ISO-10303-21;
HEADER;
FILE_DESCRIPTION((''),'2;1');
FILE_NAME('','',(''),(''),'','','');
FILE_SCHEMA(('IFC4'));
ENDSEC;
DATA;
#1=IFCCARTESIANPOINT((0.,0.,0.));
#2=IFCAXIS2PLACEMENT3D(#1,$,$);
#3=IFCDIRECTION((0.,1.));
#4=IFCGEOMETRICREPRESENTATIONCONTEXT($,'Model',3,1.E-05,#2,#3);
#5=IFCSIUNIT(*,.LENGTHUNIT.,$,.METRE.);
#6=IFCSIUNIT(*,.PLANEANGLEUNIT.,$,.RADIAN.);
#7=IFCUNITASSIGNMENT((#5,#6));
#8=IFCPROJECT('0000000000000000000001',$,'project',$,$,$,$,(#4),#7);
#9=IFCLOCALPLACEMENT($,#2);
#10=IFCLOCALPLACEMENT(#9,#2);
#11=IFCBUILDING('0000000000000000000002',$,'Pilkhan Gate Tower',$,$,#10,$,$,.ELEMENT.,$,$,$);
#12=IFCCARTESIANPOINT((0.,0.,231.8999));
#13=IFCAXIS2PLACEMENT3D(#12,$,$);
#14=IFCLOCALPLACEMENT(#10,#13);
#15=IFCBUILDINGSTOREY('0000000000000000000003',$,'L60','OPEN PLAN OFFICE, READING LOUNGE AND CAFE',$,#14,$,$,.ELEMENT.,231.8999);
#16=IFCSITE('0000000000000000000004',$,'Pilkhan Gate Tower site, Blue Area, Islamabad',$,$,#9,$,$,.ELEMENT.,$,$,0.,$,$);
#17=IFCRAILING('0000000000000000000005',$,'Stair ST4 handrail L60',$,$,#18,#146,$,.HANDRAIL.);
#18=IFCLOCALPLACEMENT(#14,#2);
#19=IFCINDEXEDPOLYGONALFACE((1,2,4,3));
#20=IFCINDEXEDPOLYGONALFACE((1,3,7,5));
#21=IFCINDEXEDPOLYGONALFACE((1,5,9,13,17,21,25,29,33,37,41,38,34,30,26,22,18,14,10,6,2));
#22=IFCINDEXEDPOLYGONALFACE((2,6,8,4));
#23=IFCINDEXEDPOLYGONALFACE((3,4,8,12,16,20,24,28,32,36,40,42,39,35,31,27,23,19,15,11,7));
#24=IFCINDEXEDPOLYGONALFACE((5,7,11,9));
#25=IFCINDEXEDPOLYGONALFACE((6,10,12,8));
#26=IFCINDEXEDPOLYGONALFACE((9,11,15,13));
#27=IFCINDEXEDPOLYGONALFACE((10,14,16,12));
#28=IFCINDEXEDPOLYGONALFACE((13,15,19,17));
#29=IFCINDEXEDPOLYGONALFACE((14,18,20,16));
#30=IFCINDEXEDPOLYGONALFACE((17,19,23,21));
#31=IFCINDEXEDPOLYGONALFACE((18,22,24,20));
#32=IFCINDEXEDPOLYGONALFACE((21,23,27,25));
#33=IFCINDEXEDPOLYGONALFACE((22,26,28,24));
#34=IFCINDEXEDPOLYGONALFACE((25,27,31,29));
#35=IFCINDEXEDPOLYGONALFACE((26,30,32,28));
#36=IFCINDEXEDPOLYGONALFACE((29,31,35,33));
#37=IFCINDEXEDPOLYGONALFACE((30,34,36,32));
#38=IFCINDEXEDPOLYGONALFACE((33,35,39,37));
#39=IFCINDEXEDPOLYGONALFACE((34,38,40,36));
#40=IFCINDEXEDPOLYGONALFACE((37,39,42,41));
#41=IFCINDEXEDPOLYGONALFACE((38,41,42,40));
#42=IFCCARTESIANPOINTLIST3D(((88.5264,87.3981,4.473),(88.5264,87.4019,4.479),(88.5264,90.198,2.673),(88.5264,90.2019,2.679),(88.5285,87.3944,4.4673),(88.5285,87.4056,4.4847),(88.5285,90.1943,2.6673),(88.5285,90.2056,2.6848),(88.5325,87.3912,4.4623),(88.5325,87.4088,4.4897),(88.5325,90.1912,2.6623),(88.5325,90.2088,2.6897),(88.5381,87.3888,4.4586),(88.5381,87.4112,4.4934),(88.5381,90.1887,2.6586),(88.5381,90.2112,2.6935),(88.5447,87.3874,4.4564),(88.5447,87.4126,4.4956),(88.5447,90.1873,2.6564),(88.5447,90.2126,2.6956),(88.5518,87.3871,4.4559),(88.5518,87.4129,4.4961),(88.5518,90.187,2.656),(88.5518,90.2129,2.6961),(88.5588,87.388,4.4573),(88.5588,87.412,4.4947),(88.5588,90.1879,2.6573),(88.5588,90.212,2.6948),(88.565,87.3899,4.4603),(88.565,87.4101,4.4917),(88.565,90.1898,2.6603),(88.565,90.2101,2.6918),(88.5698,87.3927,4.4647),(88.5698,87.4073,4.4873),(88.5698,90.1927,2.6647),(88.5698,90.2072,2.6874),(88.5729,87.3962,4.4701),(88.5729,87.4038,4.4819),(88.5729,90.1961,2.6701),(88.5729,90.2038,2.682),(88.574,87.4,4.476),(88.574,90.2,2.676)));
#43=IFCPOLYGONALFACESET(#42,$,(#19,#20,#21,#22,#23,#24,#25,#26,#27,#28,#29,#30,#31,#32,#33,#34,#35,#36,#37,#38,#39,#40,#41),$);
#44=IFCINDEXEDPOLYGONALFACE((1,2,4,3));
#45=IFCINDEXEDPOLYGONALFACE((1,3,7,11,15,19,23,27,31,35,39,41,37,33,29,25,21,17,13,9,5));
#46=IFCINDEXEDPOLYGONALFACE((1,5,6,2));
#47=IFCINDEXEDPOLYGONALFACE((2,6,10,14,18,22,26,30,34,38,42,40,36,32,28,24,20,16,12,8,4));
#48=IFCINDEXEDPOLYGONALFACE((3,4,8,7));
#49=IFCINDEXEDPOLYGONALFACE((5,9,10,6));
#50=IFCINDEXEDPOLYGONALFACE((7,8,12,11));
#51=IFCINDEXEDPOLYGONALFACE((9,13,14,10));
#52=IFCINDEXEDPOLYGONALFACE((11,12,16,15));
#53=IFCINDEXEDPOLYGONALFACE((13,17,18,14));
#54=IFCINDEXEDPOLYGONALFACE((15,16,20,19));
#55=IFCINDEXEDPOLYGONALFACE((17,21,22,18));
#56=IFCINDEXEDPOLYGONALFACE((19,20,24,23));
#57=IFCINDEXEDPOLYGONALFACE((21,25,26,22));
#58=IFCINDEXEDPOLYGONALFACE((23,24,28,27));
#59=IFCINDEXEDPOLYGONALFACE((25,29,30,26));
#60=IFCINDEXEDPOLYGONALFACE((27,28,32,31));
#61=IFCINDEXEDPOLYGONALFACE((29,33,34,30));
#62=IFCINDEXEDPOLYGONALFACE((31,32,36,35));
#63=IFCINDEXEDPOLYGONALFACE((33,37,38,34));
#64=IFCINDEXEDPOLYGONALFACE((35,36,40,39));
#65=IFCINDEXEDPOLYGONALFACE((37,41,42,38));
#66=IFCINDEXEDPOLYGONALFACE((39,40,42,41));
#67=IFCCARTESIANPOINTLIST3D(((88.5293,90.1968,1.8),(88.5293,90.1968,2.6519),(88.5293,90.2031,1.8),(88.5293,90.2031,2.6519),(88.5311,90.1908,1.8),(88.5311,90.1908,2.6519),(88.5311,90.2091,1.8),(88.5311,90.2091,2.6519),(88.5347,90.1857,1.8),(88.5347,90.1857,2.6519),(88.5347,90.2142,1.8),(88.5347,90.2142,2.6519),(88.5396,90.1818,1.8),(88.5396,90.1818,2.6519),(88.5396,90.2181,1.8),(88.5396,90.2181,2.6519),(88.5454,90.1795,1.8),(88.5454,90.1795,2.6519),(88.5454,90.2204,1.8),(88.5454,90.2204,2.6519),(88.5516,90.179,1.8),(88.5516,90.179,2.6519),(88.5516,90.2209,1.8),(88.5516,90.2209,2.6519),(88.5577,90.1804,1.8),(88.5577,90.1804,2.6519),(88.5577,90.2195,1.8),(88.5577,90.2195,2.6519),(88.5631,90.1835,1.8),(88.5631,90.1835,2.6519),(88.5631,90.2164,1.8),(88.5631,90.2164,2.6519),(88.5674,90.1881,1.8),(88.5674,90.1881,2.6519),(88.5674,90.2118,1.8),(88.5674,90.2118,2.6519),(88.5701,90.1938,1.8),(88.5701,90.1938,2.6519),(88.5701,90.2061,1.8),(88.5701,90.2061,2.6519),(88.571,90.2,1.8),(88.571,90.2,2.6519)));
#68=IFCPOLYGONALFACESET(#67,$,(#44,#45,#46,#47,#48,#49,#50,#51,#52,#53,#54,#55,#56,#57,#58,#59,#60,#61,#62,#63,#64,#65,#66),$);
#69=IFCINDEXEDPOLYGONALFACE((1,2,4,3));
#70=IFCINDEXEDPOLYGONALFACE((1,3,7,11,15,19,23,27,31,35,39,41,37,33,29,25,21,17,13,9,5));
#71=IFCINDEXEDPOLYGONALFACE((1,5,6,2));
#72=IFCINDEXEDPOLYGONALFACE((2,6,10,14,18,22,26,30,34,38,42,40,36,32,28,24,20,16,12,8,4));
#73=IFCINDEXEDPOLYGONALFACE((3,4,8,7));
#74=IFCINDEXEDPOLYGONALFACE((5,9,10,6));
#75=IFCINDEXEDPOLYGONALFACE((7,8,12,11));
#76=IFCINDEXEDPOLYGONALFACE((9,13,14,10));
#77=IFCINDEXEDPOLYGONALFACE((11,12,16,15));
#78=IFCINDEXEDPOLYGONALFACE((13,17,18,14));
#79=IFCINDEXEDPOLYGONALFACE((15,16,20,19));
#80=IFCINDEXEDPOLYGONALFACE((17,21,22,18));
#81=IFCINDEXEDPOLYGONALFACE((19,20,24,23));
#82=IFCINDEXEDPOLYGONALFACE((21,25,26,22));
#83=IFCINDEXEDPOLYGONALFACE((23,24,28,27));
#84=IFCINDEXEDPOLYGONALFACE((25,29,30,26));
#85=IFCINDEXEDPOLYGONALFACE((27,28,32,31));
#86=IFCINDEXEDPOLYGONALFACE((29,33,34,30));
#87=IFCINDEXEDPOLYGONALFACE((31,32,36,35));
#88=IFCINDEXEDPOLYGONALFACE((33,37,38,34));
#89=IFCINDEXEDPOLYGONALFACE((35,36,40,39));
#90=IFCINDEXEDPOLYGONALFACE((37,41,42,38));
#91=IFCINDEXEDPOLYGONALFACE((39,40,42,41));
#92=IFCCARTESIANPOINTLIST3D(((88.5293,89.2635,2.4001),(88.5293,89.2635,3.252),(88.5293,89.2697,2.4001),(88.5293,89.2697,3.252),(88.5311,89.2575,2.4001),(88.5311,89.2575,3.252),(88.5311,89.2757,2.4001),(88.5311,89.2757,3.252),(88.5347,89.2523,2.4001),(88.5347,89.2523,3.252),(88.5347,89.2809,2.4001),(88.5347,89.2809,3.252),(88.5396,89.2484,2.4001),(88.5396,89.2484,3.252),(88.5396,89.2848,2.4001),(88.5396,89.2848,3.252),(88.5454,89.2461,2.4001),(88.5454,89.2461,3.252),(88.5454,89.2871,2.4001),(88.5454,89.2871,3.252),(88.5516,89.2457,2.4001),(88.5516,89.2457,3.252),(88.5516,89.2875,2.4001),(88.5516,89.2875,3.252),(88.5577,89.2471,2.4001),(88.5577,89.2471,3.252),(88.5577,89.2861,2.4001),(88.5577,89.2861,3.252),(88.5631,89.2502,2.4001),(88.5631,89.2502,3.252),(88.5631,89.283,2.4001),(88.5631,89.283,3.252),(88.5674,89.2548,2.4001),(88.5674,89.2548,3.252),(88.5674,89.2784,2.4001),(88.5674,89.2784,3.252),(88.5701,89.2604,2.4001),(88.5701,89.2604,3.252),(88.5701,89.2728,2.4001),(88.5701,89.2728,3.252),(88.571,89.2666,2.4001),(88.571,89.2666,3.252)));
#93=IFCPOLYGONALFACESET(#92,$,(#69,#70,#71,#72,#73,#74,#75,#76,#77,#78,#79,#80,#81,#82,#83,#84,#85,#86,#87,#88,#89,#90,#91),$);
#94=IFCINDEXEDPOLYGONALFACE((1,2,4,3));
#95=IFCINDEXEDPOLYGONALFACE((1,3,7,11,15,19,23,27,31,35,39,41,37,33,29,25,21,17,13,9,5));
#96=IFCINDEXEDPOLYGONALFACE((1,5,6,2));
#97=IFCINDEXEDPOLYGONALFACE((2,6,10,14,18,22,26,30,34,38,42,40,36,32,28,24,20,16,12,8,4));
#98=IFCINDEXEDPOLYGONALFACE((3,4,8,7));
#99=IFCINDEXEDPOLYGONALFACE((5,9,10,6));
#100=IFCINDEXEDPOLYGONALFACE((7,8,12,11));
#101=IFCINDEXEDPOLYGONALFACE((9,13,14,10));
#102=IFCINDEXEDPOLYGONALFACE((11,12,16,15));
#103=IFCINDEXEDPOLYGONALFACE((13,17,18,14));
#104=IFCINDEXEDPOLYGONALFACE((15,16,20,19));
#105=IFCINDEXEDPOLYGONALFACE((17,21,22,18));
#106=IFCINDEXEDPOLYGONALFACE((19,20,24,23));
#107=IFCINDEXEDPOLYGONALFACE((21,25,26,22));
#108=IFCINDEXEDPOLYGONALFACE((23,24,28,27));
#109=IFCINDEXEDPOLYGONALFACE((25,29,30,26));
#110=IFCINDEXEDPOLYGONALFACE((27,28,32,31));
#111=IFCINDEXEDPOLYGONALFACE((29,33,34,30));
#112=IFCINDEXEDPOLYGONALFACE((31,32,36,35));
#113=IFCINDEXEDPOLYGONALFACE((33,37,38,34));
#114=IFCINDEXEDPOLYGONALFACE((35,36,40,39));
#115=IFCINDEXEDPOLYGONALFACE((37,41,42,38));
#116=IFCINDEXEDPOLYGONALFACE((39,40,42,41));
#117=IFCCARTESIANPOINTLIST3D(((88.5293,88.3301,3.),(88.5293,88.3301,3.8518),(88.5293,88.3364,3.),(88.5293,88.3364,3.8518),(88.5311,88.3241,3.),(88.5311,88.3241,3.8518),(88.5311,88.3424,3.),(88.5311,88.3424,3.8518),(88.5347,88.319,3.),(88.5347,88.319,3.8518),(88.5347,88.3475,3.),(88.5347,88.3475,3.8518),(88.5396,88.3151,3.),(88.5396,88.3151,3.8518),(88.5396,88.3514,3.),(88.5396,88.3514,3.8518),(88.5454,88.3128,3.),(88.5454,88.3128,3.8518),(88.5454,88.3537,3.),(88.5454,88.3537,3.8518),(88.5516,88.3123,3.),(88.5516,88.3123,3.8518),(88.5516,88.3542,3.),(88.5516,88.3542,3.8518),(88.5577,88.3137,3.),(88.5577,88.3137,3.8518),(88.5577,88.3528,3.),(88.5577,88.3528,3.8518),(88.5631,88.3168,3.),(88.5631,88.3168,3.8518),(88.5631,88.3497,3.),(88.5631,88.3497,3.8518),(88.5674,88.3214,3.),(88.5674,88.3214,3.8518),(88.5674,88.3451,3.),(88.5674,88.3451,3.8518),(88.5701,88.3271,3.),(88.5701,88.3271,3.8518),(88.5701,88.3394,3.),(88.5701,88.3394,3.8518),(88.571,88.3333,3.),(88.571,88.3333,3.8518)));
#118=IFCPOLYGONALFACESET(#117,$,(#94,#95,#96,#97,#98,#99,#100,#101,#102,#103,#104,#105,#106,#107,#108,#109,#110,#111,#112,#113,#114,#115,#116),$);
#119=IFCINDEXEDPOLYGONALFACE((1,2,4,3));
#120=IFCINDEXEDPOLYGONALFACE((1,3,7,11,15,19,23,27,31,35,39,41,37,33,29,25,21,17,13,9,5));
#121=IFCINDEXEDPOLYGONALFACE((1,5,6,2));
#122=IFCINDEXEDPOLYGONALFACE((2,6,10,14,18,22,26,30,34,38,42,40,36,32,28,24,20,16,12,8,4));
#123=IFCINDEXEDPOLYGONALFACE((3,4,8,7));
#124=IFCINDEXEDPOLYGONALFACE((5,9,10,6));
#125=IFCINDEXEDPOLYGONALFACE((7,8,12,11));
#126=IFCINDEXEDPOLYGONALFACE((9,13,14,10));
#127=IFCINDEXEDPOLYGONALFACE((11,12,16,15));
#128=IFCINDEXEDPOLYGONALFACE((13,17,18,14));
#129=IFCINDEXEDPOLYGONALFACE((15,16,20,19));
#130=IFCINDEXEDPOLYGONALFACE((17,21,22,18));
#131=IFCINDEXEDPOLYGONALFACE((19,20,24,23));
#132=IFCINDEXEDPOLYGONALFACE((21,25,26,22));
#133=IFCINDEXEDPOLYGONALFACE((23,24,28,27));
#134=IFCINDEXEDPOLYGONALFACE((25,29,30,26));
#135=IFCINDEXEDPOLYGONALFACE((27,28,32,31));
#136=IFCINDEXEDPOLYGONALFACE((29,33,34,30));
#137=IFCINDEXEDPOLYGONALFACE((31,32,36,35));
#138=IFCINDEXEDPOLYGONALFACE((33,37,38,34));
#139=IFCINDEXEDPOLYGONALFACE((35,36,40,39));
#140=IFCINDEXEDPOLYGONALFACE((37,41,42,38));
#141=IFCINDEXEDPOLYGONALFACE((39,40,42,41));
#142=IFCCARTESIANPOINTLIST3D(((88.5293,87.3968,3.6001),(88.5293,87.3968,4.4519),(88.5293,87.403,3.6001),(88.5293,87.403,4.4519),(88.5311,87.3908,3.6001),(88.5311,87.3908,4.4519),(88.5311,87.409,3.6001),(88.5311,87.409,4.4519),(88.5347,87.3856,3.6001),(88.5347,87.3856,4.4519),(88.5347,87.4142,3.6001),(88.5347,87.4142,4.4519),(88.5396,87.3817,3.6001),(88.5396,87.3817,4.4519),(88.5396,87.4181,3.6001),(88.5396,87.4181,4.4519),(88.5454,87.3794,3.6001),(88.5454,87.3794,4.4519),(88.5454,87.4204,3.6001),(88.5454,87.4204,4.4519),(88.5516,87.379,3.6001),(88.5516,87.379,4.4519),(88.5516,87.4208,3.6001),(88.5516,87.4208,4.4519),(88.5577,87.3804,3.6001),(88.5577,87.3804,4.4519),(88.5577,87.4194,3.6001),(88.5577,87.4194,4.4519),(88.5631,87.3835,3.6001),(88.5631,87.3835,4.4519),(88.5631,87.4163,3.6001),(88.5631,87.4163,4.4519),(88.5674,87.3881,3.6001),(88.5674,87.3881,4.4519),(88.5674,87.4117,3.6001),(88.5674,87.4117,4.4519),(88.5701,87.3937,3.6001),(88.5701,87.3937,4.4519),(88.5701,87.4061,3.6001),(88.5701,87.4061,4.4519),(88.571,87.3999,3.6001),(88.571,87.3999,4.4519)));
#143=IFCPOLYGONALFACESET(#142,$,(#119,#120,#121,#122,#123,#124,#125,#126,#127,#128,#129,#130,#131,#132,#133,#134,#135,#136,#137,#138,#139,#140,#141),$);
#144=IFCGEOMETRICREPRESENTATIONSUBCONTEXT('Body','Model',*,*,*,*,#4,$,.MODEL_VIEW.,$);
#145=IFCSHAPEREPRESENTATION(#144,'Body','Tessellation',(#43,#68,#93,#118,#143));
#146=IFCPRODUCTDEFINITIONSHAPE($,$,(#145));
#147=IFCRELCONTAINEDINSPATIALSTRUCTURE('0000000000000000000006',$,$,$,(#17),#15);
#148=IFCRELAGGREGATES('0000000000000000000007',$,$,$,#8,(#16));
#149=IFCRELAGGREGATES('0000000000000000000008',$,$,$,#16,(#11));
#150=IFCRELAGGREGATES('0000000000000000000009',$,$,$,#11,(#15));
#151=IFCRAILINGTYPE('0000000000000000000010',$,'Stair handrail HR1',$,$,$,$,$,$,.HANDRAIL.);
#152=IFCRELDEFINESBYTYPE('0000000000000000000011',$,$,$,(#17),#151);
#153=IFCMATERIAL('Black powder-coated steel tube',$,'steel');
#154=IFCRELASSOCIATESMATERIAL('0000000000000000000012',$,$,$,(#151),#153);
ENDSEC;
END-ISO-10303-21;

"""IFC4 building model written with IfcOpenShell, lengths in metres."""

from ifc_helpers import new_model, si_unit, direction, frame, origin, origin_2d, place, context, subcontext, project, spatial, circle, extrude, material, type_object, element, save


model = new_model("IFC4")

# Units and contexts
model_context = context("Model", 3, precision=1e-05, world=origin(), true_north=direction((0.0, 1.0)))
body_context = subcontext(model_context, "Body", "Model", "MODEL_VIEW")
ifc_project = project(units=[si_unit("LENGTHUNIT", "METRE"), si_unit("PLANEANGLEUNIT", "RADIAN")], contexts=[model_context])

# Site, building, storey
site_placement = place(None, origin())
site = spatial("IfcSite", under=ifc_project, at=site_placement, Name="Pilkhan Gate Tower site, Blue Area, Islamabad", CompositionType="ELEMENT", RefElevation=0.0)
building_placement = place(site_placement, origin())
building = spatial("IfcBuilding", under=site, at=building_placement, Name="Pilkhan Gate Tower", CompositionType="ELEMENT")
storey_placement = place(building_placement, frame((0.0, 0.0, 231.8999)))
storey = spatial("IfcBuildingStorey", under=building, at=storey_placement, Name="L60", Description="OPEN PLAN OFFICE, READING LOUNGE AND CAFE", CompositionType="ELEMENT", Elevation=231.8999)

# Railing
ifc_material_1 = material(Name="Black powder-coated steel tube", Category="steel")
railing_type_1 = type_object("IfcRailingType", Name="Stair handrail HR1", PredefinedType="HANDRAIL", material=ifc_material_1)
for number, where, name in (
    (1, (88.55, 90.2, 1.8), "Stair ST4 handrail L60"),
):
    element("IfcRailing", number, at=place(storey_placement, frame(where)), inside=storey, type_object=railing_type_1, Name=name, PredefinedType="HANDRAIL", context=body_context, shape_type="SweptSolid", body=[
        extrude(circle(Radius=0.0239, at=origin_2d()), frame((0.0, 0.0, 0.876), z_axis=(0.0, -0.841176, 0.540761), x_axis=(1.0, 0.0, 0.0)), (0.0, 0.0, 1.0), 3.3286),
        extrude(circle(Radius=0.021, at=origin_2d()), origin(), (0.0, 0.0, 1.0), 0.8518),
        extrude(circle(Radius=0.021, at=origin_2d()), frame((0.0, -0.9333, 0.6001)), (0.0, 0.0, 1.0), 0.8518),
        extrude(circle(Radius=0.021, at=origin_2d()), frame((0.0, -1.8667, 1.2)), (0.0, 0.0, 1.0), 0.8518),
        extrude(circle(Radius=0.021, at=origin_2d()), frame((0.0, -2.8, 1.8)), (0.0, 0.0, 1.0), 0.8518),
    ])

save(model, "model.ifc")
